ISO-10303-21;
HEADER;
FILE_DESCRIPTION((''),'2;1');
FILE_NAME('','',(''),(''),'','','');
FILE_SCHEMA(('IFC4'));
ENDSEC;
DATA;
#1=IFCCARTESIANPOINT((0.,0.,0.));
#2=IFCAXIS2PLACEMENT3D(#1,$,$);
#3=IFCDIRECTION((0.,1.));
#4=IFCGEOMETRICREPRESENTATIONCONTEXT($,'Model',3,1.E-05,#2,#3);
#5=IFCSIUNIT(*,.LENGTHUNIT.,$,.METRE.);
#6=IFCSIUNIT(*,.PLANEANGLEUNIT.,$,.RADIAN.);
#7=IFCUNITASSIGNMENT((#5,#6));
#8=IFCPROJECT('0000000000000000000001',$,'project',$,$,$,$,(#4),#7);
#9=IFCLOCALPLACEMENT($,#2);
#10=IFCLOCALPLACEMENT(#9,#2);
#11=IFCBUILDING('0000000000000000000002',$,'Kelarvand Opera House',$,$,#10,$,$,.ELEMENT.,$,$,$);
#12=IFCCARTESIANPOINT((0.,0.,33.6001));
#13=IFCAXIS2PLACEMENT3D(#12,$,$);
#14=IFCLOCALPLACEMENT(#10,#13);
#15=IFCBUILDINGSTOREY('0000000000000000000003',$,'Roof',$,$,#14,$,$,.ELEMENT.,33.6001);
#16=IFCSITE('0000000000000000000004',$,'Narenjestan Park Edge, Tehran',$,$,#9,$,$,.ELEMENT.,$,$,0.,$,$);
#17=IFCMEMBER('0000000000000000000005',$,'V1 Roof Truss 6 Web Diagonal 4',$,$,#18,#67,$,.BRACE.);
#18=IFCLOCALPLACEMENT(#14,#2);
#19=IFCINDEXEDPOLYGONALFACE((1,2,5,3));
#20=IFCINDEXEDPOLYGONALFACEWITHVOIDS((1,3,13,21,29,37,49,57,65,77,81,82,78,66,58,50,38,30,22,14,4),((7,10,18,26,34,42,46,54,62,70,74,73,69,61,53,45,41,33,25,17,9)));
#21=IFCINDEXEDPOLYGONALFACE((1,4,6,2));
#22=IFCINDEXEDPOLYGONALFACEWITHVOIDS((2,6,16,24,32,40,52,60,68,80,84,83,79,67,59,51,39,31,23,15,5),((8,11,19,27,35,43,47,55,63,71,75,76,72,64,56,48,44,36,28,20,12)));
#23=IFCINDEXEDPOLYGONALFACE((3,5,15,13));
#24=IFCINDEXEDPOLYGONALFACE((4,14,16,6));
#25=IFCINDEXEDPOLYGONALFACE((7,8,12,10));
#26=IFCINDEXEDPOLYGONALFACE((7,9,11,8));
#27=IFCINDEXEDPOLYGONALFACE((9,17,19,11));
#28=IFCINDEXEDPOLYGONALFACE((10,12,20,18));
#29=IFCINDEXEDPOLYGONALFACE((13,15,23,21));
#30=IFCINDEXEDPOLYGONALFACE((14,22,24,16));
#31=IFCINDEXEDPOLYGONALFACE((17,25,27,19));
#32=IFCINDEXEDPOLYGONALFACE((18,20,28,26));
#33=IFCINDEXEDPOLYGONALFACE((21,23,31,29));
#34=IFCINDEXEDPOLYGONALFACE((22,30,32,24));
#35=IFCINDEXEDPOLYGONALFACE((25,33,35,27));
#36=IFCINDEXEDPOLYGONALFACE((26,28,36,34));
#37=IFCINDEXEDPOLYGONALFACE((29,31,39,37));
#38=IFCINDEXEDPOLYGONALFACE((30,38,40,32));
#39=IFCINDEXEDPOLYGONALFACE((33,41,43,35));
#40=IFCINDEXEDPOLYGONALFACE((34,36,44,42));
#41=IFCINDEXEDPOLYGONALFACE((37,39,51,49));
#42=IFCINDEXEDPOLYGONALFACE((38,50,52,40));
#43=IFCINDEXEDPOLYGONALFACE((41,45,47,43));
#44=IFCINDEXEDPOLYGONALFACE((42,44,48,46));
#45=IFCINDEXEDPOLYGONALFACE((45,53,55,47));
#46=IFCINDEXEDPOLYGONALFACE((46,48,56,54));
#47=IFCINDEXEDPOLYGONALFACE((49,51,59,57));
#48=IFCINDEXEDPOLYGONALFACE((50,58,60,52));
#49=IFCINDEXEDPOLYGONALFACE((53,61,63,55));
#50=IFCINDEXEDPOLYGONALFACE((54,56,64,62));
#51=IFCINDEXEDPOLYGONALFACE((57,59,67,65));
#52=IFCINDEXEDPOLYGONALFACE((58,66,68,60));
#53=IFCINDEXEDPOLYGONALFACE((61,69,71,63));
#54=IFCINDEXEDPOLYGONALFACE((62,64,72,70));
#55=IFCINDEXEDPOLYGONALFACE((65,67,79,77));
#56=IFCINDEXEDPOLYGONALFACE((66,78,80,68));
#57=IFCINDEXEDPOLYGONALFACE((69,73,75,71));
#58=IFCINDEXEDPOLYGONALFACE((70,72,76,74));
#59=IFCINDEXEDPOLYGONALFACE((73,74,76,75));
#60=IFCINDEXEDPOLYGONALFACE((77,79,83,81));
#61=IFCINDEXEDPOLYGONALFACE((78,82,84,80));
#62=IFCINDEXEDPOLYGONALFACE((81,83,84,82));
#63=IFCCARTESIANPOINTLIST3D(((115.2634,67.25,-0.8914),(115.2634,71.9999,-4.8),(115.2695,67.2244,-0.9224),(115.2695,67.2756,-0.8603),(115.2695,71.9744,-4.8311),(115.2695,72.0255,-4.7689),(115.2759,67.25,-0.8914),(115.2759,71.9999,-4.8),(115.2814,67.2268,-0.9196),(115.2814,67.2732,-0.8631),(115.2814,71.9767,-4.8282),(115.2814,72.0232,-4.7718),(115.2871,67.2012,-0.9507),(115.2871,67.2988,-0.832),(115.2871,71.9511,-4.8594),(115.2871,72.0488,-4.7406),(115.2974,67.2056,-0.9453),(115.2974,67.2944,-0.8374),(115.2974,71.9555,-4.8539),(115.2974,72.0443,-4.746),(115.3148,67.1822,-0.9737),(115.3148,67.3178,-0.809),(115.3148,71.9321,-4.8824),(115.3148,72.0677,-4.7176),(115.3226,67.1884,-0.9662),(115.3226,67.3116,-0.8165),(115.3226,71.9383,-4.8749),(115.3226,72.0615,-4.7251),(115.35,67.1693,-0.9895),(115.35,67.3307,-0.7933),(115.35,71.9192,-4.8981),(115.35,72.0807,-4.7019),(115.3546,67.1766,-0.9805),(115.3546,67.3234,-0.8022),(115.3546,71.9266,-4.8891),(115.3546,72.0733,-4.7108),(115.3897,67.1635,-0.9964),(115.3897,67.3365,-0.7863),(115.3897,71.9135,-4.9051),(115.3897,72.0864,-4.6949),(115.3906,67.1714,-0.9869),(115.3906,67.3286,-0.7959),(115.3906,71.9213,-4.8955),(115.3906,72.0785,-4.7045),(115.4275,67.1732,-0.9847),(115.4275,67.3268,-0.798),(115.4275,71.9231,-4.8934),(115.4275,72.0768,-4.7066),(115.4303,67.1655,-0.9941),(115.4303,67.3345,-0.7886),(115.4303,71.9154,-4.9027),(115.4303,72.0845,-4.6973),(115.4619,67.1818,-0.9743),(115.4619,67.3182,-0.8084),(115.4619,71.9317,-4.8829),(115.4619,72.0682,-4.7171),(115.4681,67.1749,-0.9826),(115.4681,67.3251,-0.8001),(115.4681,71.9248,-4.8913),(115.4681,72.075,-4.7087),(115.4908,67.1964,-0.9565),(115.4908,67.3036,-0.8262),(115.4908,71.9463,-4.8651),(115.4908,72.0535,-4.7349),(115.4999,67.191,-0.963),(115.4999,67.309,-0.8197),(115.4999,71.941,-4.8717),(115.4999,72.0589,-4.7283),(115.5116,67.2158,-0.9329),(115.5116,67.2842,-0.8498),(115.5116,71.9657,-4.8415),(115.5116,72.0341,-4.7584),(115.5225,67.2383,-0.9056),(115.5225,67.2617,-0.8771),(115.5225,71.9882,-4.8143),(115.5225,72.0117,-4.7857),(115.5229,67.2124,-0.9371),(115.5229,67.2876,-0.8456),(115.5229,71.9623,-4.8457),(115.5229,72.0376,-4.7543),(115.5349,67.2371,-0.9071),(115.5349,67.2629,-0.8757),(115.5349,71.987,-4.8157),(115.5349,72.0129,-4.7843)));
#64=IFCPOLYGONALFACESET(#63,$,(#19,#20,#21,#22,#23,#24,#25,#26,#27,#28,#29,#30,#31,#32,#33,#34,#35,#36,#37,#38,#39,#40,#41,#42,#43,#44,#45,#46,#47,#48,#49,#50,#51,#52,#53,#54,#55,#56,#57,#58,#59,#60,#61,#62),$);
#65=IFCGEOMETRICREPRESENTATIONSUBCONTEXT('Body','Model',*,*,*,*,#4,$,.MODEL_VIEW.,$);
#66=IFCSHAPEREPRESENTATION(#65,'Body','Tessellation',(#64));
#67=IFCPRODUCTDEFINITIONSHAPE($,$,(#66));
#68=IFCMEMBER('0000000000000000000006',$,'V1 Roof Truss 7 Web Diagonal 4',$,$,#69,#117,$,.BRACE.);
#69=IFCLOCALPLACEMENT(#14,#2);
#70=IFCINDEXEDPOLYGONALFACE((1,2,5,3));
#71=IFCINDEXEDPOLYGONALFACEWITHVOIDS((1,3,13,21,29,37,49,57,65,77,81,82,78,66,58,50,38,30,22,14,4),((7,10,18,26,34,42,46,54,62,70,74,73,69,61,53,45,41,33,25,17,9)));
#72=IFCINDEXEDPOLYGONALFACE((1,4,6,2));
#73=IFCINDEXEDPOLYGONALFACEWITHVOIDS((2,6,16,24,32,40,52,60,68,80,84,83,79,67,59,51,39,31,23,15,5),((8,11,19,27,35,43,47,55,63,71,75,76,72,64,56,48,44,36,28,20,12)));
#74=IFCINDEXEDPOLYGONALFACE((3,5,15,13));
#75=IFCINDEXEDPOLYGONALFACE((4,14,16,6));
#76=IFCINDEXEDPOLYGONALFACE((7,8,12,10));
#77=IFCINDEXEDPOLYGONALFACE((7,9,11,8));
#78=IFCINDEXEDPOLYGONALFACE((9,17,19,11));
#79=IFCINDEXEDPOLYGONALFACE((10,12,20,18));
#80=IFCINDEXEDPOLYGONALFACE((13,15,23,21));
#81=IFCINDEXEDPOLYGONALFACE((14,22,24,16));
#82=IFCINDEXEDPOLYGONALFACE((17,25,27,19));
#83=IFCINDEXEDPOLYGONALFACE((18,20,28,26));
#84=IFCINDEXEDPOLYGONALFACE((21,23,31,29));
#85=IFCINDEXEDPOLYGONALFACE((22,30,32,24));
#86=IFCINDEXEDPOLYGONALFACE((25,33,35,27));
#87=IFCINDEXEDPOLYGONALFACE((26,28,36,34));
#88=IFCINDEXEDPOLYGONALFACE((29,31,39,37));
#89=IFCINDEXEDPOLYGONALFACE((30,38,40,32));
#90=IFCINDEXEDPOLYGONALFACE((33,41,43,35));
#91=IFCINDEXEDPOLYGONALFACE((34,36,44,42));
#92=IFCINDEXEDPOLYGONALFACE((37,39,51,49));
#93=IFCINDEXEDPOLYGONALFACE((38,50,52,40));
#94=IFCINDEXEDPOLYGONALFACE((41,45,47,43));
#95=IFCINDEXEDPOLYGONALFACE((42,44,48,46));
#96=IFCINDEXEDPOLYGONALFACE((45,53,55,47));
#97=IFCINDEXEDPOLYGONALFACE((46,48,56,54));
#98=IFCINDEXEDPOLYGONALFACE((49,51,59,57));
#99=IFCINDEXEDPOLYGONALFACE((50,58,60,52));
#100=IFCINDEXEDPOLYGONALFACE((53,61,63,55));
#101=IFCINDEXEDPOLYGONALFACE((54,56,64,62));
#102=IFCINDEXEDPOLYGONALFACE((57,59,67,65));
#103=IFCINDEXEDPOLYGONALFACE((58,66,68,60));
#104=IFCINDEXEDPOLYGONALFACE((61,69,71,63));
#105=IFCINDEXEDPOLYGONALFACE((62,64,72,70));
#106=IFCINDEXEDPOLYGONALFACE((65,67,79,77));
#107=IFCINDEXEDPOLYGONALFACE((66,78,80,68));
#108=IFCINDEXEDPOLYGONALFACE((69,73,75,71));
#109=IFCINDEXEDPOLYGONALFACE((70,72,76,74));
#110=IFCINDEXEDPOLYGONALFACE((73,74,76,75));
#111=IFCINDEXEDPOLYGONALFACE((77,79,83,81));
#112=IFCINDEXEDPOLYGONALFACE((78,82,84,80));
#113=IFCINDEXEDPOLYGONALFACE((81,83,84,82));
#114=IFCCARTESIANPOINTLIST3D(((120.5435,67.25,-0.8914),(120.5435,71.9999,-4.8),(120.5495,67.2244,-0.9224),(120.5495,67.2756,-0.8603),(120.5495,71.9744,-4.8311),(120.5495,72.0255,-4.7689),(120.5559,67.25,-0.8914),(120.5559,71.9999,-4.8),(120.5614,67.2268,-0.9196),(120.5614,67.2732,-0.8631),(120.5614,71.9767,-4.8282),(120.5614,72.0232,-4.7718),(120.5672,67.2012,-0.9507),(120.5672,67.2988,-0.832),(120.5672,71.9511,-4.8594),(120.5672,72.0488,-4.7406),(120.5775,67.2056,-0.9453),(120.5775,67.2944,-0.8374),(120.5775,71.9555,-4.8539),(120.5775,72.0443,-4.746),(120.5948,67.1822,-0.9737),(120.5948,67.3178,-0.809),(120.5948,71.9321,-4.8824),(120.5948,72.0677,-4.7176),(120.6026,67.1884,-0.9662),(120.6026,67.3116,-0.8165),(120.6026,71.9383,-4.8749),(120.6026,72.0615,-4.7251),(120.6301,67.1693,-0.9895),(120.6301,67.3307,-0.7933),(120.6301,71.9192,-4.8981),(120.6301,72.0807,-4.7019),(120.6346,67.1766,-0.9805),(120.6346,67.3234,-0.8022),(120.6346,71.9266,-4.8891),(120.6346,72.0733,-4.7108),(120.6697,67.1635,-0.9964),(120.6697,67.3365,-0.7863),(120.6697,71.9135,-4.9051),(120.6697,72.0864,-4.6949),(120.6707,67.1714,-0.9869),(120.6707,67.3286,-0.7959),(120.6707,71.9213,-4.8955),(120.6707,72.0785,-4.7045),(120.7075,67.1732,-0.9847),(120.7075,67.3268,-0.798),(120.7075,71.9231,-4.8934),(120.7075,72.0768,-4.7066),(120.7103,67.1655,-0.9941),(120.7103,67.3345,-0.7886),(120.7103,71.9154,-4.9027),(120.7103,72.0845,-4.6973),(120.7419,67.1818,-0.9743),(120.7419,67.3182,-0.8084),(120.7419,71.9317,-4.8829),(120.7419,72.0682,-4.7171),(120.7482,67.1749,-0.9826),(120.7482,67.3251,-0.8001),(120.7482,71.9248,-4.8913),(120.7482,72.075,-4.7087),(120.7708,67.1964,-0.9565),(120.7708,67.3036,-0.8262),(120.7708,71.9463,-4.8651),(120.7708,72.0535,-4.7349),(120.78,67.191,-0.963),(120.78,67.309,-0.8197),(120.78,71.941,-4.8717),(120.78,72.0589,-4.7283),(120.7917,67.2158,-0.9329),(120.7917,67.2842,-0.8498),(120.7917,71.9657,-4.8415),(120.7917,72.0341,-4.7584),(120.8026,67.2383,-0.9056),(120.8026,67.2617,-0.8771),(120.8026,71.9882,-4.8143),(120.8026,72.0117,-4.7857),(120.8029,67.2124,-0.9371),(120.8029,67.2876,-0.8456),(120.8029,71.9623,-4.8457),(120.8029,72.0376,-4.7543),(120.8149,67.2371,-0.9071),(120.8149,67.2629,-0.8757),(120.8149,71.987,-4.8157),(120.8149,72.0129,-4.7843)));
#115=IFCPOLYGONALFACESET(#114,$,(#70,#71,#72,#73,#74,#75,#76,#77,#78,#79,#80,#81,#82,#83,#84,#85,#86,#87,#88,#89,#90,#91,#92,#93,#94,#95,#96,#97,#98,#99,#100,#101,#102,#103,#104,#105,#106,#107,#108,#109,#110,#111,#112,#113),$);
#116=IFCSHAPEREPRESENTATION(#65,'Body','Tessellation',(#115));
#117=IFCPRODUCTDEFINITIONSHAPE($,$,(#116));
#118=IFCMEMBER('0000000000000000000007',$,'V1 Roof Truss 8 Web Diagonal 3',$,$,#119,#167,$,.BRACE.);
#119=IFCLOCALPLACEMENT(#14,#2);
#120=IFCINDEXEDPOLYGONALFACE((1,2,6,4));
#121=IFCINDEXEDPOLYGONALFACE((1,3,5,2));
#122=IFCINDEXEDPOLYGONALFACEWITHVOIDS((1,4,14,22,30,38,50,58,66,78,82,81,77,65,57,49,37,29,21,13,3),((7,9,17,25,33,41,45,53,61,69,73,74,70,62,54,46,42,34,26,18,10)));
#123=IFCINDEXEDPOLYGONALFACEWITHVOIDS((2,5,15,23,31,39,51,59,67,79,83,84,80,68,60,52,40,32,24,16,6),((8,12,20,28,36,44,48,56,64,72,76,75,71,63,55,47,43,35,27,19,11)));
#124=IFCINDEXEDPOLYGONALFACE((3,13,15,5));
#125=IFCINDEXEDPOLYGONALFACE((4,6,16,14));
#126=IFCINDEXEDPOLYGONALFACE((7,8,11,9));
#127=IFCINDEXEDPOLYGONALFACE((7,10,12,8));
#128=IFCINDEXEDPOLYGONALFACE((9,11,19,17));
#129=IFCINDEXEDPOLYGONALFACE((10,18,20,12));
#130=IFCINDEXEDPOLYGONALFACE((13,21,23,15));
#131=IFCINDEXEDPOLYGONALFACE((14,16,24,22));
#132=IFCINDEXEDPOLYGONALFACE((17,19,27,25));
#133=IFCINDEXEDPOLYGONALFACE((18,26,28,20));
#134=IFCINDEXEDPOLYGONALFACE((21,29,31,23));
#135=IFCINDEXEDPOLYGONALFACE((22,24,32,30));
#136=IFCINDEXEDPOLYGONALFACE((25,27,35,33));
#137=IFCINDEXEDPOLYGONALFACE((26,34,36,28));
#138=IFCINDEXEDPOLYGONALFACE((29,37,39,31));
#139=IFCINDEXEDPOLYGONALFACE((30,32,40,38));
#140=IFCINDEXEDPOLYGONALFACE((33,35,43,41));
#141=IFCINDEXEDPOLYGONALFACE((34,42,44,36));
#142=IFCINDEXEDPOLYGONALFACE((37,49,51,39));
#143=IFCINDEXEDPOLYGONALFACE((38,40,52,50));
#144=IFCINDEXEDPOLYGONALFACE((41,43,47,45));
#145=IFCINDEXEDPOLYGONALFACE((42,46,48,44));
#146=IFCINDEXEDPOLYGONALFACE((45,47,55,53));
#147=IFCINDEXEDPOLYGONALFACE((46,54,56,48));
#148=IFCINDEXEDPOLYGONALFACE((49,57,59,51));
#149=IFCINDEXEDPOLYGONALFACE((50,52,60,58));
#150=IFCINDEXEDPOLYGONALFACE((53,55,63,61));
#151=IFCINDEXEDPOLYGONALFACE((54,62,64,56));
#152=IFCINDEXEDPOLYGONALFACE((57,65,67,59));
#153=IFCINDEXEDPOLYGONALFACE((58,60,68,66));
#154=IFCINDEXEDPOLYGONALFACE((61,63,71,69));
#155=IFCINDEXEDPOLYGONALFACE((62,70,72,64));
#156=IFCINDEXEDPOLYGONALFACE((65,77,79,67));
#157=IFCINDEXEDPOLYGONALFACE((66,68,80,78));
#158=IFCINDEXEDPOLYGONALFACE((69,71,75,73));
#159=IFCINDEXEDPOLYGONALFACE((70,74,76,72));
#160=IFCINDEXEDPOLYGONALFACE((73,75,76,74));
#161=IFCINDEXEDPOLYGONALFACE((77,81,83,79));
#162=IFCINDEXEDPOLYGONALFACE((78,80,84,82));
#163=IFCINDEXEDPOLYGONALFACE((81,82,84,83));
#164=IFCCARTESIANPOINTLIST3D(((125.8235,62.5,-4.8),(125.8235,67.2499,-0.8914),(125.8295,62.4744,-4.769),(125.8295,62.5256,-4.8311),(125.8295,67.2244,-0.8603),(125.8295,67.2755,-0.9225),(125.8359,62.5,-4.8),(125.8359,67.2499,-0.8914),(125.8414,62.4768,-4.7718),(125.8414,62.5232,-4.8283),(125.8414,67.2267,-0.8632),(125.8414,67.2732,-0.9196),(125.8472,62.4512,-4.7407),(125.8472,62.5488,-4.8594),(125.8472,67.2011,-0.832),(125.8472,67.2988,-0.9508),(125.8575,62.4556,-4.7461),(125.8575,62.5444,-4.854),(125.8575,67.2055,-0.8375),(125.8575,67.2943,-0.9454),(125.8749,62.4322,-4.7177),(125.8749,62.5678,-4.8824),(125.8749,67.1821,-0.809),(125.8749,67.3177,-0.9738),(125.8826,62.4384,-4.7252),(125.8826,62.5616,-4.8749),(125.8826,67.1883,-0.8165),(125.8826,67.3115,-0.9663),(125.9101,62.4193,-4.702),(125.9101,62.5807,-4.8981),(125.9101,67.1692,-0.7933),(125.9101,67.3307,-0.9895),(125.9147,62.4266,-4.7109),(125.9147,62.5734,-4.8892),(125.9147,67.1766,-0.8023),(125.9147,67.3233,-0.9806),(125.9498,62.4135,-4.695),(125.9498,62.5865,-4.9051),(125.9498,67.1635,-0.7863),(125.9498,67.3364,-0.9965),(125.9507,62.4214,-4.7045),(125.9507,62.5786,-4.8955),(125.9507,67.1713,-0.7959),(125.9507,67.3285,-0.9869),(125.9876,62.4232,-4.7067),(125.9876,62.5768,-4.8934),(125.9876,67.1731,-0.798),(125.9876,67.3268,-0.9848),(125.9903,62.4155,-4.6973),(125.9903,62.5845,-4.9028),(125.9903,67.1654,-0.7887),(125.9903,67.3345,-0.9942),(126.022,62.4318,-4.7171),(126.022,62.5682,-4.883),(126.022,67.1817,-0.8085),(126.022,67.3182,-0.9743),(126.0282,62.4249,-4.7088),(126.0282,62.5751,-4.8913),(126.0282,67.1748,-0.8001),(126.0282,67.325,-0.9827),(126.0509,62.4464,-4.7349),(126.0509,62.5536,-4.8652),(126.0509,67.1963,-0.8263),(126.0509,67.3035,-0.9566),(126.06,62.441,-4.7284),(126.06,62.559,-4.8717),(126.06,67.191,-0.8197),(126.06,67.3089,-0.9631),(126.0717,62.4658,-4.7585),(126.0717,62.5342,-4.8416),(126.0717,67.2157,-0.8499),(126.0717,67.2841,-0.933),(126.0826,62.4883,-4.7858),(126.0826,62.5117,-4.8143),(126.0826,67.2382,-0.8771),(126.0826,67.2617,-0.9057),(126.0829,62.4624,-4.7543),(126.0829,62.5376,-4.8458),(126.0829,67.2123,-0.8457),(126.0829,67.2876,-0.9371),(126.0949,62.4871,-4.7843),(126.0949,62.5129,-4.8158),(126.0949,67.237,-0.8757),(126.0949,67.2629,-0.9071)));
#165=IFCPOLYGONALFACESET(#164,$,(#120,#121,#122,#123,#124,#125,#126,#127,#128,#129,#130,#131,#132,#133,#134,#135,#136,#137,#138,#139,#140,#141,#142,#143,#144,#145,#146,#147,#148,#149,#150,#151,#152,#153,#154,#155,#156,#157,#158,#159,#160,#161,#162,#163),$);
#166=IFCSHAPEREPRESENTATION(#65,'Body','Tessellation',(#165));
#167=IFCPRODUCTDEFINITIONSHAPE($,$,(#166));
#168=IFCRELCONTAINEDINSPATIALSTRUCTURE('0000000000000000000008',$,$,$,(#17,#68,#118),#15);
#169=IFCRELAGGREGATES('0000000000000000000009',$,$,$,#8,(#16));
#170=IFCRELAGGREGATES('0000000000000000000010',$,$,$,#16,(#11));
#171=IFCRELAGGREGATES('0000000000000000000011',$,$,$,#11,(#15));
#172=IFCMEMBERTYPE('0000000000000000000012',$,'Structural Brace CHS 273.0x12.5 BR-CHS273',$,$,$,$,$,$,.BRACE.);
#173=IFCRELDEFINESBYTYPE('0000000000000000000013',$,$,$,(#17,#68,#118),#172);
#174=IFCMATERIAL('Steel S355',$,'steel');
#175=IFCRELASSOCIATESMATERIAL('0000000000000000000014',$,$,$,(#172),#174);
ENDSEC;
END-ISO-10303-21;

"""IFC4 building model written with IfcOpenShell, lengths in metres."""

from ifc_helpers import new_model, si_unit, direction, frame, origin, origin_2d, place, context, subcontext, project, spatial, hollow_circle, extrude, material, material_profile, profile_set, type_object, element, save


model = new_model("IFC4")

# Units and contexts
model_context = context("Model", 3, precision=1e-05, world=origin(), true_north=direction((0.0, 1.0)))
body_context = subcontext(model_context, "Body", "Model", "MODEL_VIEW")
ifc_project = project(units=[si_unit("LENGTHUNIT", "METRE"), si_unit("PLANEANGLEUNIT", "RADIAN")], contexts=[model_context])

# Site, building, storey
site_placement = place(None, origin())
site = spatial("IfcSite", under=ifc_project, at=site_placement, Name="Narenjestan Park Edge, Tehran", CompositionType="ELEMENT", RefElevation=0.0)
building_placement = place(site_placement, origin())
building = spatial("IfcBuilding", under=site, at=building_placement, Name="Kelarvand Opera House", CompositionType="ELEMENT")
storey_placement = place(building_placement, frame((0.0, 0.0, 33.6001)))
storey = spatial("IfcBuildingStorey", under=building, at=storey_placement, Name="Roof", CompositionType="ELEMENT", Elevation=33.6001)

# Members
ifc_material = material(Name="Steel S355", Category="steel")
ifc_material_profile_1 = material_profile(ifc_material, hollow_circle(Radius=0.1365, WallThickness=0.0125, at=origin_2d()), Name="CHS 273.0x12.5", Category="steel")
ifc_profile_set_1 = profile_set([ifc_material_profile_1], Name="Steel S355")
member_type_1 = type_object("IfcMemberType", Name="Structural Brace CHS 273.0x12.5 BR-CHS273", PredefinedType="BRACE", material=ifc_profile_set_1)
for number, where, z_axis, x_axis, name in (
    (1, (115.3999, 67.25, -0.8914), (0.0, 0.772175, -0.63541), (-1.0, 0.0, 0.0), "V1 Roof Truss 6 Web Diagonal 4"),
    (2, (120.6799, 67.25, -0.8914), (0.0, 0.772175, -0.63541), (-1.0, 0.0, 0.0), "V1 Roof Truss 7 Web Diagonal 4"),
    (3, (125.96, 62.5, -4.8), (0.0, 0.772175, 0.63541), (-1.0, 0.0, 0.0), "V1 Roof Truss 8 Web Diagonal 3"),
):
    element("IfcMember", number, at=place(storey_placement, frame(where, z_axis=z_axis, x_axis=x_axis)), inside=storey, type_object=member_type_1, Name=name, PredefinedType="BRACE", context=body_context, shape_type="SweptSolid", body=[
        extrude(hollow_circle(Radius=0.1365, WallThickness=0.0125, at=origin_2d()), origin(), (0.0, 0.0, 1.0), 6.1514),
    ])

save(model, "model.ifc")
